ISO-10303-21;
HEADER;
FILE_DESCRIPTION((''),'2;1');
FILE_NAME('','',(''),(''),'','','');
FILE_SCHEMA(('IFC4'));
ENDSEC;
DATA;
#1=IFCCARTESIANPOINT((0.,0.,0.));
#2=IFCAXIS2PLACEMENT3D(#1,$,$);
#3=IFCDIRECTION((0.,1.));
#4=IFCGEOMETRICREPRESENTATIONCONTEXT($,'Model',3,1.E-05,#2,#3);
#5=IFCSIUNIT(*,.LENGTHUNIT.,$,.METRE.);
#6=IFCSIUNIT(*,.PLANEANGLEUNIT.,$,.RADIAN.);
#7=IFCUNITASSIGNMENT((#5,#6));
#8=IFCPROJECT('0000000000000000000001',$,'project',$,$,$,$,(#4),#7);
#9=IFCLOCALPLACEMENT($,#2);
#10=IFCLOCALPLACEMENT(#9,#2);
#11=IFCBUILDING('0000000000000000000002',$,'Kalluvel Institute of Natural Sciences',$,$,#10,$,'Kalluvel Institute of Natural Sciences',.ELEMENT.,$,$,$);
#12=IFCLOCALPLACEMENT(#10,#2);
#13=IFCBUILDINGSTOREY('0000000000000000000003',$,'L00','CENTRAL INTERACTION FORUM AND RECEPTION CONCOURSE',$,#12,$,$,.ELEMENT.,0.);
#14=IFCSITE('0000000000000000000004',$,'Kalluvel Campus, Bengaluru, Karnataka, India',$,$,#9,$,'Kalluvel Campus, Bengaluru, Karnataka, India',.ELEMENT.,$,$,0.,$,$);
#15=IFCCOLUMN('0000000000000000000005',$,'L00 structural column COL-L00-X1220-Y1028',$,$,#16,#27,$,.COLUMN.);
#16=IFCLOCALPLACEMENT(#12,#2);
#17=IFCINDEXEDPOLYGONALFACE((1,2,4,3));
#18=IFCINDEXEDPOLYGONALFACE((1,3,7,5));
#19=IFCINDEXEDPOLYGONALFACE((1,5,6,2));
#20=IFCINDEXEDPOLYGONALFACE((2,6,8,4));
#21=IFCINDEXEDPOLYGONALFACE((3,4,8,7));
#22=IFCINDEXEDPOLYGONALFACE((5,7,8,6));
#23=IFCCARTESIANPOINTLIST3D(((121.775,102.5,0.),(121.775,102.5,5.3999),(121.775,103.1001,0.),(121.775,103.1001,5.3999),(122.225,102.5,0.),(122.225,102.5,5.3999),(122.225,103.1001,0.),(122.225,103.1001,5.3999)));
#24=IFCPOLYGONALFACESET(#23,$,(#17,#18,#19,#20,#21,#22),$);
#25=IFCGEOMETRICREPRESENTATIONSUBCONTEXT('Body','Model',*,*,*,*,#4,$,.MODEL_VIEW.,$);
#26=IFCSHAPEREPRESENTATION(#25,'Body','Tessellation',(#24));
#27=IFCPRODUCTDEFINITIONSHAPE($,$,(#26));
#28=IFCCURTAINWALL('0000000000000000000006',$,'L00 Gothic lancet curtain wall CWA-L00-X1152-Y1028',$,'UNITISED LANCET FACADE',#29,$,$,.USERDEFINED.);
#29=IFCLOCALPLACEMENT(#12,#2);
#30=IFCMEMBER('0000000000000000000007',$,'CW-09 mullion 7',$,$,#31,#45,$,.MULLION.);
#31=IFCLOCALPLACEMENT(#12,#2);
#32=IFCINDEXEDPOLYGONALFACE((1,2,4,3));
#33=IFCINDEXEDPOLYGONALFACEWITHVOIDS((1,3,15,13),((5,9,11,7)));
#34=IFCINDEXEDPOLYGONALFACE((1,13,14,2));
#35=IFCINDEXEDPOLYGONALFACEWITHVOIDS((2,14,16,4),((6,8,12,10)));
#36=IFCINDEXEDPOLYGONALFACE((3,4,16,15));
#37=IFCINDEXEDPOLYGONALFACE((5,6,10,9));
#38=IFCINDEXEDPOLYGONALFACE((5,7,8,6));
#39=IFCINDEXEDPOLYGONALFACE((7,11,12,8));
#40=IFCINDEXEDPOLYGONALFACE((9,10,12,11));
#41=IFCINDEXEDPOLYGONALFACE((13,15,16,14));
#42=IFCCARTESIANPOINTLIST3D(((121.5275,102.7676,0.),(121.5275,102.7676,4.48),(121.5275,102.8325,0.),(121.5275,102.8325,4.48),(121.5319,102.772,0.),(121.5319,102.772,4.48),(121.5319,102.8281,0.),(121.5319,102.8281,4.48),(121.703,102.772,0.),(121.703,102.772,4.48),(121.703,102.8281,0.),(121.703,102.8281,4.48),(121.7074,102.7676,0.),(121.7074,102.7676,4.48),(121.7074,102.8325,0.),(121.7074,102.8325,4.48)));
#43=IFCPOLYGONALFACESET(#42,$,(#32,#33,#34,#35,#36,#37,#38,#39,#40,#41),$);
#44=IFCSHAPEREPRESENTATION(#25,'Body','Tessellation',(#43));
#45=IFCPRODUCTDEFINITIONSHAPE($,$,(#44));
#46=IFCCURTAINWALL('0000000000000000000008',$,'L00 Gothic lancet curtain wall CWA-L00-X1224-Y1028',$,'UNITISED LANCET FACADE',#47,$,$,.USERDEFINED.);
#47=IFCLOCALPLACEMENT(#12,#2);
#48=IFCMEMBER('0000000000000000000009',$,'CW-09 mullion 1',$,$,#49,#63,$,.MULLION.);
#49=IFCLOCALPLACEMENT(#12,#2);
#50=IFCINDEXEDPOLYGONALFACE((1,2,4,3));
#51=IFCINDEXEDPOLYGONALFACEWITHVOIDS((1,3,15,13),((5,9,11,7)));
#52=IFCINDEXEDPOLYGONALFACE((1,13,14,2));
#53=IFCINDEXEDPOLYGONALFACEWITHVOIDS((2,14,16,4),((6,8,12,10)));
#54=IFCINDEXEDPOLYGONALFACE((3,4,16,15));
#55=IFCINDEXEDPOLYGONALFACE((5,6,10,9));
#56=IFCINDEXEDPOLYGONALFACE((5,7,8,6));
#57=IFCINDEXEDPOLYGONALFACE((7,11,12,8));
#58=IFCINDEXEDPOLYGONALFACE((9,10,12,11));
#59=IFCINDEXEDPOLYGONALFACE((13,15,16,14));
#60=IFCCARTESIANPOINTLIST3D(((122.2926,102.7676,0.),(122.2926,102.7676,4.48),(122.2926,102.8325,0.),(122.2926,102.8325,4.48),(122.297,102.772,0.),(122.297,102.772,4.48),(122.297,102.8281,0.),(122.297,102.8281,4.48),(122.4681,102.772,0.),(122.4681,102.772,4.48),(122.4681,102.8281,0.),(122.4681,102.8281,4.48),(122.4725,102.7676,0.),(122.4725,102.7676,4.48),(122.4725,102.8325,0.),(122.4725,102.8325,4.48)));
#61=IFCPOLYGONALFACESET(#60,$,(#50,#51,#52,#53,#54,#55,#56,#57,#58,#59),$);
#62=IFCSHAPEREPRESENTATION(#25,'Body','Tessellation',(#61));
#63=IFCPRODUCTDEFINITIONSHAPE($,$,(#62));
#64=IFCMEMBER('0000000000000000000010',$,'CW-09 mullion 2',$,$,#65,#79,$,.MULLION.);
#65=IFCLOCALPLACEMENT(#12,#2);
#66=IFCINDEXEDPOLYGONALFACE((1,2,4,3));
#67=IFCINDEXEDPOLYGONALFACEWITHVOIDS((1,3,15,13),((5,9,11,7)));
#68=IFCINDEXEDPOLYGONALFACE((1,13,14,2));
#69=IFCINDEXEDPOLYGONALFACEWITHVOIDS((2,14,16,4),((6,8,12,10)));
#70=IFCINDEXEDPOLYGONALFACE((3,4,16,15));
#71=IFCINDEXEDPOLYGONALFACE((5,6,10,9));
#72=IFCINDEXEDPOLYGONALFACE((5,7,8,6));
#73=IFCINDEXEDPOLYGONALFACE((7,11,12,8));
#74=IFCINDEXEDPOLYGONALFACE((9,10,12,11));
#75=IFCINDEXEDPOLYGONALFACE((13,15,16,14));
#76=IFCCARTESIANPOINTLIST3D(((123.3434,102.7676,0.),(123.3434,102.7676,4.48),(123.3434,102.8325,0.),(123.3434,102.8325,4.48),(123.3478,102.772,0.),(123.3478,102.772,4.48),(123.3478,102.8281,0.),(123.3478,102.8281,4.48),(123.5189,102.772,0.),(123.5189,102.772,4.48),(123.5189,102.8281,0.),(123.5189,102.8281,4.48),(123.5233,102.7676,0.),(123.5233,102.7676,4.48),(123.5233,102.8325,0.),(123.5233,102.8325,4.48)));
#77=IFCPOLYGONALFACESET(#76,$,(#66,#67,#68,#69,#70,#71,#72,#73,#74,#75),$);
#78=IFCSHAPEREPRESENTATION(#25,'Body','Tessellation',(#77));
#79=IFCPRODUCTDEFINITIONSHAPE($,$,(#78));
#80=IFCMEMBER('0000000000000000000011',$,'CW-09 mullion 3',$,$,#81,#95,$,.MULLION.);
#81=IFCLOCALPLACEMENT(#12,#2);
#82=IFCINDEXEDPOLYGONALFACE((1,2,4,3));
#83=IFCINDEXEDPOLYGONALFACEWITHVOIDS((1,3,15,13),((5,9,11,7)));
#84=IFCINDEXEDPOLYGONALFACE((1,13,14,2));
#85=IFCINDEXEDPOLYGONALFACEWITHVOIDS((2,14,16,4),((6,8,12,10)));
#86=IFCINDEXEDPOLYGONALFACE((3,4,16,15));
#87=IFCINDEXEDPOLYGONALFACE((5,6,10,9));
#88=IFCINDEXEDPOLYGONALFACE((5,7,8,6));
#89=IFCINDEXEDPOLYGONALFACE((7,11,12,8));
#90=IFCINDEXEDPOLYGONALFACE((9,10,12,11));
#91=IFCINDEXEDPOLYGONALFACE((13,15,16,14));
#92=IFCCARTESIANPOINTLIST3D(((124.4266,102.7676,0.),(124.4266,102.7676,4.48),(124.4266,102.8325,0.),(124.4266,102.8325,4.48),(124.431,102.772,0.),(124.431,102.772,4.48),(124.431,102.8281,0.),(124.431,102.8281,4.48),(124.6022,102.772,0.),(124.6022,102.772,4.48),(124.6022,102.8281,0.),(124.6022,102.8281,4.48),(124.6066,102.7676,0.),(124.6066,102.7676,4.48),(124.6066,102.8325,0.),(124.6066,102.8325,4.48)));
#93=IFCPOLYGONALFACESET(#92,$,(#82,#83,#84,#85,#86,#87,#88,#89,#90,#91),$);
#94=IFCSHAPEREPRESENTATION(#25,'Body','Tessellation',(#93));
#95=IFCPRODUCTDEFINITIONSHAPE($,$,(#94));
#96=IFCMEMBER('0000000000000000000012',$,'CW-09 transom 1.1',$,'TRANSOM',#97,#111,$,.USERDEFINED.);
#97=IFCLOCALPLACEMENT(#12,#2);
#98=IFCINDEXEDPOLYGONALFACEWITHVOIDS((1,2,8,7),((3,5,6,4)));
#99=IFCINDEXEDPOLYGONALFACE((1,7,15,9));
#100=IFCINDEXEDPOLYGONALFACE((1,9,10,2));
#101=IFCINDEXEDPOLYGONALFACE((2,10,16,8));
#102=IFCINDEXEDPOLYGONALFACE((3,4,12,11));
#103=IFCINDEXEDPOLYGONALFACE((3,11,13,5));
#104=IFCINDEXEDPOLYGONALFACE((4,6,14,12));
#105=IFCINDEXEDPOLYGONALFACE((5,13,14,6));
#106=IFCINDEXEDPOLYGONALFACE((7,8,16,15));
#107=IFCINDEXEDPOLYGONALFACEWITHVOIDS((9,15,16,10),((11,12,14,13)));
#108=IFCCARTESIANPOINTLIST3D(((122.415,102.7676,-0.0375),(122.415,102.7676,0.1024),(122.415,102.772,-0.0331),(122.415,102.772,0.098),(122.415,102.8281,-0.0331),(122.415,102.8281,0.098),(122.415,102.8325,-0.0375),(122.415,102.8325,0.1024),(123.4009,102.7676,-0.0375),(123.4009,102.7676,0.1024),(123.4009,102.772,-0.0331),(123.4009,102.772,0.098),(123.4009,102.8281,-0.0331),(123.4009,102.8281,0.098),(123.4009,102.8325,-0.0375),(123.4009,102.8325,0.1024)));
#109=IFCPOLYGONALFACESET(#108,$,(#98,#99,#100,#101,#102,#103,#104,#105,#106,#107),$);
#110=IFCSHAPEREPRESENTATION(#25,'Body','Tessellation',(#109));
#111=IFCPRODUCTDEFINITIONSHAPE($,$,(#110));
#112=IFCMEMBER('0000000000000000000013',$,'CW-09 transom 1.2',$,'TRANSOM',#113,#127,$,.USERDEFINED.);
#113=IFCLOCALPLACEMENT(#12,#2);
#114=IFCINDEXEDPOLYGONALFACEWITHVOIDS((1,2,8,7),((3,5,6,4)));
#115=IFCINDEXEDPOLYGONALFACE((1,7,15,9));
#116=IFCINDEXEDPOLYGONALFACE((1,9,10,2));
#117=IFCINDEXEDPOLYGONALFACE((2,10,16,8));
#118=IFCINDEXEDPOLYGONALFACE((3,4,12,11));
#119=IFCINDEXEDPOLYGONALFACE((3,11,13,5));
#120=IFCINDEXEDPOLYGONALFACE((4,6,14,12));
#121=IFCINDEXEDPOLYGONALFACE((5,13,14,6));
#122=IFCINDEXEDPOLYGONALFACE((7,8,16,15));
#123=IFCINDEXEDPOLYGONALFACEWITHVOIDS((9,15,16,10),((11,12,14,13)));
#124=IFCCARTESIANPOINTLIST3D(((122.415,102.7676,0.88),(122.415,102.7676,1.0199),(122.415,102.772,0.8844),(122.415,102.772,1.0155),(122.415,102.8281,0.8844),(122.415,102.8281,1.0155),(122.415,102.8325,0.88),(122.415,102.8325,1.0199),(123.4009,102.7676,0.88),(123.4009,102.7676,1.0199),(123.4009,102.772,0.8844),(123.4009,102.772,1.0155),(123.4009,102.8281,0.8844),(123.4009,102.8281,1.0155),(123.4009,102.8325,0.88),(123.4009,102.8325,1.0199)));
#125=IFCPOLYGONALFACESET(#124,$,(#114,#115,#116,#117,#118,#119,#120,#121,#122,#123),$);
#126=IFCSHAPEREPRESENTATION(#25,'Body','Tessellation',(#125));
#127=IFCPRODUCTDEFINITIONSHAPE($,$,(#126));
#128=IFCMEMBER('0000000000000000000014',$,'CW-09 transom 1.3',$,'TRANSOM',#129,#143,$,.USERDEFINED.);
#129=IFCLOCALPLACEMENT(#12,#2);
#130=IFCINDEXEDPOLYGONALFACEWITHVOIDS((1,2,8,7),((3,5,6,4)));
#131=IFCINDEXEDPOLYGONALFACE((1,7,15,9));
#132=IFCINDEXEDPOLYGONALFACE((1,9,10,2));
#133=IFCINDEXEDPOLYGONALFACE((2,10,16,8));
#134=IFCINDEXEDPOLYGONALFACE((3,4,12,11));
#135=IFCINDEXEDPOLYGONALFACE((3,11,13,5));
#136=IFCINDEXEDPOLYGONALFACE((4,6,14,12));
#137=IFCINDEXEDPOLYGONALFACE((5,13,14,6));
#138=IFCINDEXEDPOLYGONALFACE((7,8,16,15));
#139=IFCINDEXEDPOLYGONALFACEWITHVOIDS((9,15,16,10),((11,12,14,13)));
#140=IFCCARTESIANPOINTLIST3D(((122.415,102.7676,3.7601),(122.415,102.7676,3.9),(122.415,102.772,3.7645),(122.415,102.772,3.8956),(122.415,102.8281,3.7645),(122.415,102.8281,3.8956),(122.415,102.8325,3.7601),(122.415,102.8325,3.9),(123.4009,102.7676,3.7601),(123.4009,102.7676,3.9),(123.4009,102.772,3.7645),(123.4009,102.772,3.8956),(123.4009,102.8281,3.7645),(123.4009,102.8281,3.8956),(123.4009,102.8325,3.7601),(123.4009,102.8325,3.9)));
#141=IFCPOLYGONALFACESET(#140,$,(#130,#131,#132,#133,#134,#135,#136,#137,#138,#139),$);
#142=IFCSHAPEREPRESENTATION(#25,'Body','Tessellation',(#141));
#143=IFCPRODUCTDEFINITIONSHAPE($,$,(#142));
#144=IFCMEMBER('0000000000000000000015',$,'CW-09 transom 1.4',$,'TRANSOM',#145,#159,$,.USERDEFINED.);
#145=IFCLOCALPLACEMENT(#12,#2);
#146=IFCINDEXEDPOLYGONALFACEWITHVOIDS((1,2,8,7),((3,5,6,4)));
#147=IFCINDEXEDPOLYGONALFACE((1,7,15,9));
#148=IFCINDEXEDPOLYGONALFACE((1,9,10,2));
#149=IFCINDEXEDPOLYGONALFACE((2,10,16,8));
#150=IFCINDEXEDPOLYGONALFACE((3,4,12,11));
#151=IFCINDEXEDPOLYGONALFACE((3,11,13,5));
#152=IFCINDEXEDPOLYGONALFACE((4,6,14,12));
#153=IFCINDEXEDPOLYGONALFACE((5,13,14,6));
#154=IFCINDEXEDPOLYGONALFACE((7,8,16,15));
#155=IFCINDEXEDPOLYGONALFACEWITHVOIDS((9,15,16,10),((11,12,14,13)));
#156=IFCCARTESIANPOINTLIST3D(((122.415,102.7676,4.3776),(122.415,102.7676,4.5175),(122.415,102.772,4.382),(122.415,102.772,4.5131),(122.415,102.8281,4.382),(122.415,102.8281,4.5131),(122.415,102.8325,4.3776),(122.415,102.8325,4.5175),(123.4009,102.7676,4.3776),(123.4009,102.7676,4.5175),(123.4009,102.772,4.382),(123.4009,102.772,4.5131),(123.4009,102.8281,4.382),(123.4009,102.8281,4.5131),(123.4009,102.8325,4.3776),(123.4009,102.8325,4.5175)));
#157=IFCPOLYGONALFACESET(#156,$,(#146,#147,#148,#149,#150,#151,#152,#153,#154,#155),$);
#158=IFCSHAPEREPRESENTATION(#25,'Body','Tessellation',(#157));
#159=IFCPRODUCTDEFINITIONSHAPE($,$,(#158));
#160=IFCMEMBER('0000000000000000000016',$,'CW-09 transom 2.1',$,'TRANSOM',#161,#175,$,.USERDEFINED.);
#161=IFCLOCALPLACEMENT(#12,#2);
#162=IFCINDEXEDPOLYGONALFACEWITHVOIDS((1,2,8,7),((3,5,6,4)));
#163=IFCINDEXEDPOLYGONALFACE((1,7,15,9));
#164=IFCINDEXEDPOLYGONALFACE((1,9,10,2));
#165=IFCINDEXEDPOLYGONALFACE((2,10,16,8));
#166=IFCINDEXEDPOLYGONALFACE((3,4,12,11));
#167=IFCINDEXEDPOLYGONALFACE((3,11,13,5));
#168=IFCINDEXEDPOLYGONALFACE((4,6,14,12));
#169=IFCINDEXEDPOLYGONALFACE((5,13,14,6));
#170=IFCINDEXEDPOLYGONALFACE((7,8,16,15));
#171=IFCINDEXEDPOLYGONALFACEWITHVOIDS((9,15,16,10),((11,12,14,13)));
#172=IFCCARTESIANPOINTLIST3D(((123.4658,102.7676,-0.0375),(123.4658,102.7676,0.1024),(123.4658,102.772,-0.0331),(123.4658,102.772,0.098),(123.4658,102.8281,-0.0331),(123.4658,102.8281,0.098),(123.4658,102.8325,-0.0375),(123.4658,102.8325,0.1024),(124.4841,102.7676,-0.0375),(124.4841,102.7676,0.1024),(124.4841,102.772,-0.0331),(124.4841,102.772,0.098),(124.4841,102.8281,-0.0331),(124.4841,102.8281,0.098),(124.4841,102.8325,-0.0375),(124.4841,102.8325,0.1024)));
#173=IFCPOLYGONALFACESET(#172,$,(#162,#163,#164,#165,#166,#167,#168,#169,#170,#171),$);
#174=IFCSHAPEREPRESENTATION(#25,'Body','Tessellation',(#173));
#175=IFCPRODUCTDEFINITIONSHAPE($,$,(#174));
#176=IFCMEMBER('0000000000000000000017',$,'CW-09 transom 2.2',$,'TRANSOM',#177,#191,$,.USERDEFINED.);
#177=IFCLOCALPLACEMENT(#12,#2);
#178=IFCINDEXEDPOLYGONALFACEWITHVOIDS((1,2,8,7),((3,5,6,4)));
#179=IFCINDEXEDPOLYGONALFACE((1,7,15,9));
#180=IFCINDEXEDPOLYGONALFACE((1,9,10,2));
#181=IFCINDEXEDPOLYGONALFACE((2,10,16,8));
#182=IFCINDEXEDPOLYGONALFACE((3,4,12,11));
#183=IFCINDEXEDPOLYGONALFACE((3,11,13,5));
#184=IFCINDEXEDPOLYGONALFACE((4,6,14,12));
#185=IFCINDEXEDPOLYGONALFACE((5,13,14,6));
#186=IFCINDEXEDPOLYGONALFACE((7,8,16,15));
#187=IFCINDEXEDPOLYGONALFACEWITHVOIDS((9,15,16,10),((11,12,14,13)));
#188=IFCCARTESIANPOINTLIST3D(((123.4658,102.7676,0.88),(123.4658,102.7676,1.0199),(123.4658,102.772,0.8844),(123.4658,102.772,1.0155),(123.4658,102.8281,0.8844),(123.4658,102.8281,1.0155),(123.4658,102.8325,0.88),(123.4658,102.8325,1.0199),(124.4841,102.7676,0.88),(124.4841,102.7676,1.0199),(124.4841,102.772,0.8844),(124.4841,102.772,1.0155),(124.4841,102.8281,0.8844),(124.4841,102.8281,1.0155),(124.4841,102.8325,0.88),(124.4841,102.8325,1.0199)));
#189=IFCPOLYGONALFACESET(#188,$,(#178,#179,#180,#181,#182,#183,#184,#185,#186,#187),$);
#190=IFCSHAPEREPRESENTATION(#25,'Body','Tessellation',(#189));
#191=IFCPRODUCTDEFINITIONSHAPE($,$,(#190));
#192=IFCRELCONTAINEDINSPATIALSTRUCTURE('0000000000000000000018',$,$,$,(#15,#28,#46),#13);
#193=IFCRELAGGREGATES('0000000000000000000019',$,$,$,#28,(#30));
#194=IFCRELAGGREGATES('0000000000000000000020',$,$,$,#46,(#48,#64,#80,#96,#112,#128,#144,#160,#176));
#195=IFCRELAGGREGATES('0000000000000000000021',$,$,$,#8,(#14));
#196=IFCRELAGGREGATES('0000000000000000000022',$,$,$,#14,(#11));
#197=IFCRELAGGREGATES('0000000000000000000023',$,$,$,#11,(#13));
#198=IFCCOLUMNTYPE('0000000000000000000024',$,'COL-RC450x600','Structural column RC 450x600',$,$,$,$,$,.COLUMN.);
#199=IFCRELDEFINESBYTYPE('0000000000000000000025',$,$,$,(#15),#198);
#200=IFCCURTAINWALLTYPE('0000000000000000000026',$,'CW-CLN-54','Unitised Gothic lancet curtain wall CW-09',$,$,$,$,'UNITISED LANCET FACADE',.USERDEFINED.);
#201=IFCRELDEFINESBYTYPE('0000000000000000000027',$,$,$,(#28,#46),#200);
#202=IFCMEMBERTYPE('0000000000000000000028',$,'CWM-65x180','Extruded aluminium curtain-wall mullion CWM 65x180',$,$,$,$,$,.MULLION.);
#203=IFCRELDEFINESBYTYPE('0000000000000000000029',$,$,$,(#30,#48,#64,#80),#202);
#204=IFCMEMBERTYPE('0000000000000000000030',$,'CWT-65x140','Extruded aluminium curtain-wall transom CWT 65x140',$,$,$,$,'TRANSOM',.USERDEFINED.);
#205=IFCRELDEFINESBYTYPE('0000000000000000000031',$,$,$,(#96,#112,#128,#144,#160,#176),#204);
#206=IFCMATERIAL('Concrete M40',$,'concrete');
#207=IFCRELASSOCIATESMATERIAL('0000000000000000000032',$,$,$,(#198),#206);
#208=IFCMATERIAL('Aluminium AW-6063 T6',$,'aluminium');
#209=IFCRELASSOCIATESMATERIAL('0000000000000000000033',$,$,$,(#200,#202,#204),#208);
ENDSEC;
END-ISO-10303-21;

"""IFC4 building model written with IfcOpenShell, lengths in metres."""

from ifc_helpers import new_model, si_unit, direction, frame, origin, origin_2d, place, context, subcontext, project, spatial, rectangle, hollow_rectangle, extrude, material, material_profile, profile_set, type_object, element, aggregate, save


model = new_model("IFC4")

# Units and contexts
model_context = context("Model", 3, precision=1e-05, world=origin(), true_north=direction((0.0, 1.0)))
body_context = subcontext(model_context, "Body", "Model", "MODEL_VIEW")
ifc_project = project(units=[si_unit("LENGTHUNIT", "METRE"), si_unit("PLANEANGLEUNIT", "RADIAN")], contexts=[model_context])

# Site, building, storey
site_placement = place(None, origin())
site = spatial("IfcSite", under=ifc_project, at=site_placement, Name="Kalluvel Campus, Bengaluru, Karnataka, India", LongName="Kalluvel Campus, Bengaluru, Karnataka, India", CompositionType="ELEMENT", RefElevation=0.0)
building_placement = place(site_placement, origin())
building = spatial("IfcBuilding", under=site, at=building_placement, Name="Kalluvel Institute of Natural Sciences", LongName="Kalluvel Institute of Natural Sciences", CompositionType="ELEMENT")
storey_placement = place(building_placement, origin())
storey = spatial("IfcBuildingStorey", under=building, at=storey_placement, Name="L00", Description="CENTRAL INTERACTION FORUM AND RECEPTION CONCOURSE", CompositionType="ELEMENT", Elevation=0.0)

# Column
ifc_material_1 = material(Name="Concrete M40", Category="concrete")
ifc_material_profile_1 = material_profile(ifc_material_1, rectangle(XDim=0.45, YDim=0.6001, at=origin_2d()), Name="RC 450x600")
ifc_profile_set_1 = profile_set([ifc_material_profile_1], Name="Concrete M40")
column_type = type_object("IfcColumnType", Name="COL-RC450x600", Description="Structural column RC 450x600", PredefinedType="COLUMN", material=ifc_profile_set_1)
column_placement = place(storey_placement, frame((122.0, 102.8, 0.0), z_axis=(0.0, 0.0, 1.0), x_axis=(1.0, 0.0, 0.0)))
element("IfcColumn", 1, at=column_placement, inside=storey, type_object=column_type, Name="L00 structural column COL-L00-X1220-Y1028", PredefinedType="COLUMN", context=body_context, shape_type="SweptSolid", body=[
    extrude(rectangle(XDim=0.45, YDim=0.6001, at=origin_2d()), origin(), (0.0, 0.0, 1.0), 5.3999),
])

# Curtain wall, member
ifc_material_2 = material(Name="Aluminium AW-6063 T6", Category="aluminium")
curtain_wall_type = type_object("IfcCurtainWallType", Name="CW-CLN-54", Description="Unitised Gothic lancet curtain wall CW-09", ElementType="UNITISED LANCET FACADE", PredefinedType="USERDEFINED", material=ifc_material_2)
curtain_wall_1_placement = place(storey_placement, origin())
curtain_wall_1 = element("IfcCurtainWall", 2, at=curtain_wall_1_placement, inside=storey, type_object=curtain_wall_type, Name="L00 Gothic lancet curtain wall CWA-L00-X1152-Y1028", ObjectType="UNITISED LANCET FACADE", PredefinedType="USERDEFINED")
ifc_material_profile_2 = material_profile(ifc_material_2, hollow_rectangle(XDim=0.0649, YDim=0.1799, WallThickness=0.0044, at=origin_2d()), Name="CWM 65x180")
ifc_profile_set_2 = profile_set([ifc_material_profile_2], Name="Aluminium AW-6063 T6")
member_type_1 = type_object("IfcMemberType", Name="CWM-65x180", Description="Extruded aluminium curtain-wall mullion CWM 65x180", PredefinedType="MULLION", material=ifc_profile_set_2)
member_1_placement = place(storey_placement, frame((121.6174, 102.8, 0.0), z_axis=(0.0, 0.0, 1.0), x_axis=(0.0, 1.0, 0.0)))
member_1 = element("IfcMember", 3, at=member_1_placement, type_object=member_type_1, Name="CW-09 mullion 7", PredefinedType="MULLION", context=body_context, shape_type="SweptSolid", body=[
    extrude(hollow_rectangle(XDim=0.0649, YDim=0.1799, WallThickness=0.0044, at=origin_2d()), origin(), (0.0, 0.0, 1.0), 4.48),
])

# Curtain wall, members
curtain_wall_2_placement = place(storey_placement, origin())
curtain_wall_2 = element("IfcCurtainWall", 4, at=curtain_wall_2_placement, inside=storey, type_object=curtain_wall_type, Name="L00 Gothic lancet curtain wall CWA-L00-X1224-Y1028", ObjectType="UNITISED LANCET FACADE", PredefinedType="USERDEFINED")
member_2_placement = place(storey_placement, frame((122.3826, 102.8, 0.0), z_axis=(0.0, 0.0, 1.0), x_axis=(0.0, 1.0, 0.0)))
member_2 = element("IfcMember", 5, at=member_2_placement, type_object=member_type_1, Name="CW-09 mullion 1", PredefinedType="MULLION", context=body_context, shape_type="SweptSolid", body=[
    extrude(hollow_rectangle(XDim=0.0649, YDim=0.1799, WallThickness=0.0044, at=origin_2d()), origin(), (0.0, 0.0, 1.0), 4.48),
])
member_3_placement = place(storey_placement, frame((123.4333, 102.8, 0.0), z_axis=(0.0, 0.0, 1.0), x_axis=(0.0, 1.0, 0.0)))
member_3 = element("IfcMember", 6, at=member_3_placement, type_object=member_type_1, Name="CW-09 mullion 2", PredefinedType="MULLION", context=body_context, shape_type="SweptSolid", body=[
    extrude(hollow_rectangle(XDim=0.0649, YDim=0.1799, WallThickness=0.0044, at=origin_2d()), origin(), (0.0, 0.0, 1.0), 4.48),
])
member_4_placement = place(storey_placement, frame((124.5166, 102.8, 0.0), z_axis=(0.0, 0.0, 1.0), x_axis=(0.0, 1.0, 0.0)))
member_4 = element("IfcMember", 7, at=member_4_placement, type_object=member_type_1, Name="CW-09 mullion 3", PredefinedType="MULLION", context=body_context, shape_type="SweptSolid", body=[
    extrude(hollow_rectangle(XDim=0.0649, YDim=0.1799, WallThickness=0.0044, at=origin_2d()), origin(), (0.0, 0.0, 1.0), 4.48),
])
ifc_material_profile_3 = material_profile(ifc_material_2, hollow_rectangle(XDim=0.0649, YDim=0.1399, WallThickness=0.0044, at=origin_2d()), Name="CWT 65x140")
ifc_profile_set_3 = profile_set([ifc_material_profile_3], Name="Aluminium AW-6063 T6")
member_type_2 = type_object("IfcMemberType", Name="CWT-65x140", Description="Extruded aluminium curtain-wall transom CWT 65x140", ElementType="TRANSOM", PredefinedType="USERDEFINED", material=ifc_profile_set_3)
member_5_placement = place(storey_placement, frame((122.415, 102.8, 0.0325), z_axis=(1.0, 0.0, 0.0), x_axis=(0.0, 1.0, 0.0)))
member_5 = element("IfcMember", 8, at=member_5_placement, type_object=member_type_2, Name="CW-09 transom 1.1", ObjectType="TRANSOM", PredefinedType="USERDEFINED", context=body_context, shape_type="SweptSolid", body=[
    extrude(hollow_rectangle(XDim=0.0649, YDim=0.1399, WallThickness=0.0044, at=origin_2d()), origin(), (0.0, 0.0, 1.0), 0.9858),
])
member_6_placement = place(storey_placement, frame((122.415, 102.8, 0.95), z_axis=(1.0, 0.0, 0.0), x_axis=(0.0, 1.0, 0.0)))
member_6 = element("IfcMember", 9, at=member_6_placement, type_object=member_type_2, Name="CW-09 transom 1.2", ObjectType="TRANSOM", PredefinedType="USERDEFINED", context=body_context, shape_type="SweptSolid", body=[
    extrude(hollow_rectangle(XDim=0.0649, YDim=0.1399, WallThickness=0.0044, at=origin_2d()), origin(), (0.0, 0.0, 1.0), 0.9858),
])
member_7_placement = place(storey_placement, frame((122.415, 102.8, 3.8301), z_axis=(1.0, 0.0, 0.0), x_axis=(0.0, 1.0, 0.0)))
member_7 = element("IfcMember", 10, at=member_7_placement, type_object=member_type_2, Name="CW-09 transom 1.3", ObjectType="TRANSOM", PredefinedType="USERDEFINED", context=body_context, shape_type="SweptSolid", body=[
    extrude(hollow_rectangle(XDim=0.0649, YDim=0.1399, WallThickness=0.0044, at=origin_2d()), origin(), (0.0, 0.0, 1.0), 0.9858),
])
member_8_placement = place(storey_placement, frame((122.415, 102.8, 4.4475), z_axis=(1.0, 0.0, 0.0), x_axis=(0.0, 1.0, 0.0)))
member_8 = element("IfcMember", 11, at=member_8_placement, type_object=member_type_2, Name="CW-09 transom 1.4", ObjectType="TRANSOM", PredefinedType="USERDEFINED", context=body_context, shape_type="SweptSolid", body=[
    extrude(hollow_rectangle(XDim=0.0649, YDim=0.1399, WallThickness=0.0044, at=origin_2d()), origin(), (0.0, 0.0, 1.0), 0.9858),
])
member_9_placement = place(storey_placement, frame((123.4658, 102.8, 0.0325), z_axis=(1.0, 0.0, 0.0), x_axis=(0.0, 1.0, 0.0)))
member_9 = element("IfcMember", 12, at=member_9_placement, type_object=member_type_2, Name="CW-09 transom 2.1", ObjectType="TRANSOM", PredefinedType="USERDEFINED", context=body_context, shape_type="SweptSolid", body=[
    extrude(hollow_rectangle(XDim=0.0649, YDim=0.1399, WallThickness=0.0044, at=origin_2d()), origin(), (0.0, 0.0, 1.0), 1.0183),
])
member_10_placement = place(storey_placement, frame((123.4658, 102.8, 0.95), z_axis=(1.0, 0.0, 0.0), x_axis=(0.0, 1.0, 0.0)))
member_10 = element("IfcMember", 13, at=member_10_placement, type_object=member_type_2, Name="CW-09 transom 2.2", ObjectType="TRANSOM", PredefinedType="USERDEFINED", context=body_context, shape_type="SweptSolid", body=[
    extrude(hollow_rectangle(XDim=0.0649, YDim=0.1399, WallThickness=0.0044, at=origin_2d()), origin(), (0.0, 0.0, 1.0), 1.0183),
])

aggregate(curtain_wall_1, [member_1])
aggregate(curtain_wall_2, [member_2, member_3, member_4, member_5, member_6, member_7, member_8, member_9, member_10])

save(model, "model.ifc")
